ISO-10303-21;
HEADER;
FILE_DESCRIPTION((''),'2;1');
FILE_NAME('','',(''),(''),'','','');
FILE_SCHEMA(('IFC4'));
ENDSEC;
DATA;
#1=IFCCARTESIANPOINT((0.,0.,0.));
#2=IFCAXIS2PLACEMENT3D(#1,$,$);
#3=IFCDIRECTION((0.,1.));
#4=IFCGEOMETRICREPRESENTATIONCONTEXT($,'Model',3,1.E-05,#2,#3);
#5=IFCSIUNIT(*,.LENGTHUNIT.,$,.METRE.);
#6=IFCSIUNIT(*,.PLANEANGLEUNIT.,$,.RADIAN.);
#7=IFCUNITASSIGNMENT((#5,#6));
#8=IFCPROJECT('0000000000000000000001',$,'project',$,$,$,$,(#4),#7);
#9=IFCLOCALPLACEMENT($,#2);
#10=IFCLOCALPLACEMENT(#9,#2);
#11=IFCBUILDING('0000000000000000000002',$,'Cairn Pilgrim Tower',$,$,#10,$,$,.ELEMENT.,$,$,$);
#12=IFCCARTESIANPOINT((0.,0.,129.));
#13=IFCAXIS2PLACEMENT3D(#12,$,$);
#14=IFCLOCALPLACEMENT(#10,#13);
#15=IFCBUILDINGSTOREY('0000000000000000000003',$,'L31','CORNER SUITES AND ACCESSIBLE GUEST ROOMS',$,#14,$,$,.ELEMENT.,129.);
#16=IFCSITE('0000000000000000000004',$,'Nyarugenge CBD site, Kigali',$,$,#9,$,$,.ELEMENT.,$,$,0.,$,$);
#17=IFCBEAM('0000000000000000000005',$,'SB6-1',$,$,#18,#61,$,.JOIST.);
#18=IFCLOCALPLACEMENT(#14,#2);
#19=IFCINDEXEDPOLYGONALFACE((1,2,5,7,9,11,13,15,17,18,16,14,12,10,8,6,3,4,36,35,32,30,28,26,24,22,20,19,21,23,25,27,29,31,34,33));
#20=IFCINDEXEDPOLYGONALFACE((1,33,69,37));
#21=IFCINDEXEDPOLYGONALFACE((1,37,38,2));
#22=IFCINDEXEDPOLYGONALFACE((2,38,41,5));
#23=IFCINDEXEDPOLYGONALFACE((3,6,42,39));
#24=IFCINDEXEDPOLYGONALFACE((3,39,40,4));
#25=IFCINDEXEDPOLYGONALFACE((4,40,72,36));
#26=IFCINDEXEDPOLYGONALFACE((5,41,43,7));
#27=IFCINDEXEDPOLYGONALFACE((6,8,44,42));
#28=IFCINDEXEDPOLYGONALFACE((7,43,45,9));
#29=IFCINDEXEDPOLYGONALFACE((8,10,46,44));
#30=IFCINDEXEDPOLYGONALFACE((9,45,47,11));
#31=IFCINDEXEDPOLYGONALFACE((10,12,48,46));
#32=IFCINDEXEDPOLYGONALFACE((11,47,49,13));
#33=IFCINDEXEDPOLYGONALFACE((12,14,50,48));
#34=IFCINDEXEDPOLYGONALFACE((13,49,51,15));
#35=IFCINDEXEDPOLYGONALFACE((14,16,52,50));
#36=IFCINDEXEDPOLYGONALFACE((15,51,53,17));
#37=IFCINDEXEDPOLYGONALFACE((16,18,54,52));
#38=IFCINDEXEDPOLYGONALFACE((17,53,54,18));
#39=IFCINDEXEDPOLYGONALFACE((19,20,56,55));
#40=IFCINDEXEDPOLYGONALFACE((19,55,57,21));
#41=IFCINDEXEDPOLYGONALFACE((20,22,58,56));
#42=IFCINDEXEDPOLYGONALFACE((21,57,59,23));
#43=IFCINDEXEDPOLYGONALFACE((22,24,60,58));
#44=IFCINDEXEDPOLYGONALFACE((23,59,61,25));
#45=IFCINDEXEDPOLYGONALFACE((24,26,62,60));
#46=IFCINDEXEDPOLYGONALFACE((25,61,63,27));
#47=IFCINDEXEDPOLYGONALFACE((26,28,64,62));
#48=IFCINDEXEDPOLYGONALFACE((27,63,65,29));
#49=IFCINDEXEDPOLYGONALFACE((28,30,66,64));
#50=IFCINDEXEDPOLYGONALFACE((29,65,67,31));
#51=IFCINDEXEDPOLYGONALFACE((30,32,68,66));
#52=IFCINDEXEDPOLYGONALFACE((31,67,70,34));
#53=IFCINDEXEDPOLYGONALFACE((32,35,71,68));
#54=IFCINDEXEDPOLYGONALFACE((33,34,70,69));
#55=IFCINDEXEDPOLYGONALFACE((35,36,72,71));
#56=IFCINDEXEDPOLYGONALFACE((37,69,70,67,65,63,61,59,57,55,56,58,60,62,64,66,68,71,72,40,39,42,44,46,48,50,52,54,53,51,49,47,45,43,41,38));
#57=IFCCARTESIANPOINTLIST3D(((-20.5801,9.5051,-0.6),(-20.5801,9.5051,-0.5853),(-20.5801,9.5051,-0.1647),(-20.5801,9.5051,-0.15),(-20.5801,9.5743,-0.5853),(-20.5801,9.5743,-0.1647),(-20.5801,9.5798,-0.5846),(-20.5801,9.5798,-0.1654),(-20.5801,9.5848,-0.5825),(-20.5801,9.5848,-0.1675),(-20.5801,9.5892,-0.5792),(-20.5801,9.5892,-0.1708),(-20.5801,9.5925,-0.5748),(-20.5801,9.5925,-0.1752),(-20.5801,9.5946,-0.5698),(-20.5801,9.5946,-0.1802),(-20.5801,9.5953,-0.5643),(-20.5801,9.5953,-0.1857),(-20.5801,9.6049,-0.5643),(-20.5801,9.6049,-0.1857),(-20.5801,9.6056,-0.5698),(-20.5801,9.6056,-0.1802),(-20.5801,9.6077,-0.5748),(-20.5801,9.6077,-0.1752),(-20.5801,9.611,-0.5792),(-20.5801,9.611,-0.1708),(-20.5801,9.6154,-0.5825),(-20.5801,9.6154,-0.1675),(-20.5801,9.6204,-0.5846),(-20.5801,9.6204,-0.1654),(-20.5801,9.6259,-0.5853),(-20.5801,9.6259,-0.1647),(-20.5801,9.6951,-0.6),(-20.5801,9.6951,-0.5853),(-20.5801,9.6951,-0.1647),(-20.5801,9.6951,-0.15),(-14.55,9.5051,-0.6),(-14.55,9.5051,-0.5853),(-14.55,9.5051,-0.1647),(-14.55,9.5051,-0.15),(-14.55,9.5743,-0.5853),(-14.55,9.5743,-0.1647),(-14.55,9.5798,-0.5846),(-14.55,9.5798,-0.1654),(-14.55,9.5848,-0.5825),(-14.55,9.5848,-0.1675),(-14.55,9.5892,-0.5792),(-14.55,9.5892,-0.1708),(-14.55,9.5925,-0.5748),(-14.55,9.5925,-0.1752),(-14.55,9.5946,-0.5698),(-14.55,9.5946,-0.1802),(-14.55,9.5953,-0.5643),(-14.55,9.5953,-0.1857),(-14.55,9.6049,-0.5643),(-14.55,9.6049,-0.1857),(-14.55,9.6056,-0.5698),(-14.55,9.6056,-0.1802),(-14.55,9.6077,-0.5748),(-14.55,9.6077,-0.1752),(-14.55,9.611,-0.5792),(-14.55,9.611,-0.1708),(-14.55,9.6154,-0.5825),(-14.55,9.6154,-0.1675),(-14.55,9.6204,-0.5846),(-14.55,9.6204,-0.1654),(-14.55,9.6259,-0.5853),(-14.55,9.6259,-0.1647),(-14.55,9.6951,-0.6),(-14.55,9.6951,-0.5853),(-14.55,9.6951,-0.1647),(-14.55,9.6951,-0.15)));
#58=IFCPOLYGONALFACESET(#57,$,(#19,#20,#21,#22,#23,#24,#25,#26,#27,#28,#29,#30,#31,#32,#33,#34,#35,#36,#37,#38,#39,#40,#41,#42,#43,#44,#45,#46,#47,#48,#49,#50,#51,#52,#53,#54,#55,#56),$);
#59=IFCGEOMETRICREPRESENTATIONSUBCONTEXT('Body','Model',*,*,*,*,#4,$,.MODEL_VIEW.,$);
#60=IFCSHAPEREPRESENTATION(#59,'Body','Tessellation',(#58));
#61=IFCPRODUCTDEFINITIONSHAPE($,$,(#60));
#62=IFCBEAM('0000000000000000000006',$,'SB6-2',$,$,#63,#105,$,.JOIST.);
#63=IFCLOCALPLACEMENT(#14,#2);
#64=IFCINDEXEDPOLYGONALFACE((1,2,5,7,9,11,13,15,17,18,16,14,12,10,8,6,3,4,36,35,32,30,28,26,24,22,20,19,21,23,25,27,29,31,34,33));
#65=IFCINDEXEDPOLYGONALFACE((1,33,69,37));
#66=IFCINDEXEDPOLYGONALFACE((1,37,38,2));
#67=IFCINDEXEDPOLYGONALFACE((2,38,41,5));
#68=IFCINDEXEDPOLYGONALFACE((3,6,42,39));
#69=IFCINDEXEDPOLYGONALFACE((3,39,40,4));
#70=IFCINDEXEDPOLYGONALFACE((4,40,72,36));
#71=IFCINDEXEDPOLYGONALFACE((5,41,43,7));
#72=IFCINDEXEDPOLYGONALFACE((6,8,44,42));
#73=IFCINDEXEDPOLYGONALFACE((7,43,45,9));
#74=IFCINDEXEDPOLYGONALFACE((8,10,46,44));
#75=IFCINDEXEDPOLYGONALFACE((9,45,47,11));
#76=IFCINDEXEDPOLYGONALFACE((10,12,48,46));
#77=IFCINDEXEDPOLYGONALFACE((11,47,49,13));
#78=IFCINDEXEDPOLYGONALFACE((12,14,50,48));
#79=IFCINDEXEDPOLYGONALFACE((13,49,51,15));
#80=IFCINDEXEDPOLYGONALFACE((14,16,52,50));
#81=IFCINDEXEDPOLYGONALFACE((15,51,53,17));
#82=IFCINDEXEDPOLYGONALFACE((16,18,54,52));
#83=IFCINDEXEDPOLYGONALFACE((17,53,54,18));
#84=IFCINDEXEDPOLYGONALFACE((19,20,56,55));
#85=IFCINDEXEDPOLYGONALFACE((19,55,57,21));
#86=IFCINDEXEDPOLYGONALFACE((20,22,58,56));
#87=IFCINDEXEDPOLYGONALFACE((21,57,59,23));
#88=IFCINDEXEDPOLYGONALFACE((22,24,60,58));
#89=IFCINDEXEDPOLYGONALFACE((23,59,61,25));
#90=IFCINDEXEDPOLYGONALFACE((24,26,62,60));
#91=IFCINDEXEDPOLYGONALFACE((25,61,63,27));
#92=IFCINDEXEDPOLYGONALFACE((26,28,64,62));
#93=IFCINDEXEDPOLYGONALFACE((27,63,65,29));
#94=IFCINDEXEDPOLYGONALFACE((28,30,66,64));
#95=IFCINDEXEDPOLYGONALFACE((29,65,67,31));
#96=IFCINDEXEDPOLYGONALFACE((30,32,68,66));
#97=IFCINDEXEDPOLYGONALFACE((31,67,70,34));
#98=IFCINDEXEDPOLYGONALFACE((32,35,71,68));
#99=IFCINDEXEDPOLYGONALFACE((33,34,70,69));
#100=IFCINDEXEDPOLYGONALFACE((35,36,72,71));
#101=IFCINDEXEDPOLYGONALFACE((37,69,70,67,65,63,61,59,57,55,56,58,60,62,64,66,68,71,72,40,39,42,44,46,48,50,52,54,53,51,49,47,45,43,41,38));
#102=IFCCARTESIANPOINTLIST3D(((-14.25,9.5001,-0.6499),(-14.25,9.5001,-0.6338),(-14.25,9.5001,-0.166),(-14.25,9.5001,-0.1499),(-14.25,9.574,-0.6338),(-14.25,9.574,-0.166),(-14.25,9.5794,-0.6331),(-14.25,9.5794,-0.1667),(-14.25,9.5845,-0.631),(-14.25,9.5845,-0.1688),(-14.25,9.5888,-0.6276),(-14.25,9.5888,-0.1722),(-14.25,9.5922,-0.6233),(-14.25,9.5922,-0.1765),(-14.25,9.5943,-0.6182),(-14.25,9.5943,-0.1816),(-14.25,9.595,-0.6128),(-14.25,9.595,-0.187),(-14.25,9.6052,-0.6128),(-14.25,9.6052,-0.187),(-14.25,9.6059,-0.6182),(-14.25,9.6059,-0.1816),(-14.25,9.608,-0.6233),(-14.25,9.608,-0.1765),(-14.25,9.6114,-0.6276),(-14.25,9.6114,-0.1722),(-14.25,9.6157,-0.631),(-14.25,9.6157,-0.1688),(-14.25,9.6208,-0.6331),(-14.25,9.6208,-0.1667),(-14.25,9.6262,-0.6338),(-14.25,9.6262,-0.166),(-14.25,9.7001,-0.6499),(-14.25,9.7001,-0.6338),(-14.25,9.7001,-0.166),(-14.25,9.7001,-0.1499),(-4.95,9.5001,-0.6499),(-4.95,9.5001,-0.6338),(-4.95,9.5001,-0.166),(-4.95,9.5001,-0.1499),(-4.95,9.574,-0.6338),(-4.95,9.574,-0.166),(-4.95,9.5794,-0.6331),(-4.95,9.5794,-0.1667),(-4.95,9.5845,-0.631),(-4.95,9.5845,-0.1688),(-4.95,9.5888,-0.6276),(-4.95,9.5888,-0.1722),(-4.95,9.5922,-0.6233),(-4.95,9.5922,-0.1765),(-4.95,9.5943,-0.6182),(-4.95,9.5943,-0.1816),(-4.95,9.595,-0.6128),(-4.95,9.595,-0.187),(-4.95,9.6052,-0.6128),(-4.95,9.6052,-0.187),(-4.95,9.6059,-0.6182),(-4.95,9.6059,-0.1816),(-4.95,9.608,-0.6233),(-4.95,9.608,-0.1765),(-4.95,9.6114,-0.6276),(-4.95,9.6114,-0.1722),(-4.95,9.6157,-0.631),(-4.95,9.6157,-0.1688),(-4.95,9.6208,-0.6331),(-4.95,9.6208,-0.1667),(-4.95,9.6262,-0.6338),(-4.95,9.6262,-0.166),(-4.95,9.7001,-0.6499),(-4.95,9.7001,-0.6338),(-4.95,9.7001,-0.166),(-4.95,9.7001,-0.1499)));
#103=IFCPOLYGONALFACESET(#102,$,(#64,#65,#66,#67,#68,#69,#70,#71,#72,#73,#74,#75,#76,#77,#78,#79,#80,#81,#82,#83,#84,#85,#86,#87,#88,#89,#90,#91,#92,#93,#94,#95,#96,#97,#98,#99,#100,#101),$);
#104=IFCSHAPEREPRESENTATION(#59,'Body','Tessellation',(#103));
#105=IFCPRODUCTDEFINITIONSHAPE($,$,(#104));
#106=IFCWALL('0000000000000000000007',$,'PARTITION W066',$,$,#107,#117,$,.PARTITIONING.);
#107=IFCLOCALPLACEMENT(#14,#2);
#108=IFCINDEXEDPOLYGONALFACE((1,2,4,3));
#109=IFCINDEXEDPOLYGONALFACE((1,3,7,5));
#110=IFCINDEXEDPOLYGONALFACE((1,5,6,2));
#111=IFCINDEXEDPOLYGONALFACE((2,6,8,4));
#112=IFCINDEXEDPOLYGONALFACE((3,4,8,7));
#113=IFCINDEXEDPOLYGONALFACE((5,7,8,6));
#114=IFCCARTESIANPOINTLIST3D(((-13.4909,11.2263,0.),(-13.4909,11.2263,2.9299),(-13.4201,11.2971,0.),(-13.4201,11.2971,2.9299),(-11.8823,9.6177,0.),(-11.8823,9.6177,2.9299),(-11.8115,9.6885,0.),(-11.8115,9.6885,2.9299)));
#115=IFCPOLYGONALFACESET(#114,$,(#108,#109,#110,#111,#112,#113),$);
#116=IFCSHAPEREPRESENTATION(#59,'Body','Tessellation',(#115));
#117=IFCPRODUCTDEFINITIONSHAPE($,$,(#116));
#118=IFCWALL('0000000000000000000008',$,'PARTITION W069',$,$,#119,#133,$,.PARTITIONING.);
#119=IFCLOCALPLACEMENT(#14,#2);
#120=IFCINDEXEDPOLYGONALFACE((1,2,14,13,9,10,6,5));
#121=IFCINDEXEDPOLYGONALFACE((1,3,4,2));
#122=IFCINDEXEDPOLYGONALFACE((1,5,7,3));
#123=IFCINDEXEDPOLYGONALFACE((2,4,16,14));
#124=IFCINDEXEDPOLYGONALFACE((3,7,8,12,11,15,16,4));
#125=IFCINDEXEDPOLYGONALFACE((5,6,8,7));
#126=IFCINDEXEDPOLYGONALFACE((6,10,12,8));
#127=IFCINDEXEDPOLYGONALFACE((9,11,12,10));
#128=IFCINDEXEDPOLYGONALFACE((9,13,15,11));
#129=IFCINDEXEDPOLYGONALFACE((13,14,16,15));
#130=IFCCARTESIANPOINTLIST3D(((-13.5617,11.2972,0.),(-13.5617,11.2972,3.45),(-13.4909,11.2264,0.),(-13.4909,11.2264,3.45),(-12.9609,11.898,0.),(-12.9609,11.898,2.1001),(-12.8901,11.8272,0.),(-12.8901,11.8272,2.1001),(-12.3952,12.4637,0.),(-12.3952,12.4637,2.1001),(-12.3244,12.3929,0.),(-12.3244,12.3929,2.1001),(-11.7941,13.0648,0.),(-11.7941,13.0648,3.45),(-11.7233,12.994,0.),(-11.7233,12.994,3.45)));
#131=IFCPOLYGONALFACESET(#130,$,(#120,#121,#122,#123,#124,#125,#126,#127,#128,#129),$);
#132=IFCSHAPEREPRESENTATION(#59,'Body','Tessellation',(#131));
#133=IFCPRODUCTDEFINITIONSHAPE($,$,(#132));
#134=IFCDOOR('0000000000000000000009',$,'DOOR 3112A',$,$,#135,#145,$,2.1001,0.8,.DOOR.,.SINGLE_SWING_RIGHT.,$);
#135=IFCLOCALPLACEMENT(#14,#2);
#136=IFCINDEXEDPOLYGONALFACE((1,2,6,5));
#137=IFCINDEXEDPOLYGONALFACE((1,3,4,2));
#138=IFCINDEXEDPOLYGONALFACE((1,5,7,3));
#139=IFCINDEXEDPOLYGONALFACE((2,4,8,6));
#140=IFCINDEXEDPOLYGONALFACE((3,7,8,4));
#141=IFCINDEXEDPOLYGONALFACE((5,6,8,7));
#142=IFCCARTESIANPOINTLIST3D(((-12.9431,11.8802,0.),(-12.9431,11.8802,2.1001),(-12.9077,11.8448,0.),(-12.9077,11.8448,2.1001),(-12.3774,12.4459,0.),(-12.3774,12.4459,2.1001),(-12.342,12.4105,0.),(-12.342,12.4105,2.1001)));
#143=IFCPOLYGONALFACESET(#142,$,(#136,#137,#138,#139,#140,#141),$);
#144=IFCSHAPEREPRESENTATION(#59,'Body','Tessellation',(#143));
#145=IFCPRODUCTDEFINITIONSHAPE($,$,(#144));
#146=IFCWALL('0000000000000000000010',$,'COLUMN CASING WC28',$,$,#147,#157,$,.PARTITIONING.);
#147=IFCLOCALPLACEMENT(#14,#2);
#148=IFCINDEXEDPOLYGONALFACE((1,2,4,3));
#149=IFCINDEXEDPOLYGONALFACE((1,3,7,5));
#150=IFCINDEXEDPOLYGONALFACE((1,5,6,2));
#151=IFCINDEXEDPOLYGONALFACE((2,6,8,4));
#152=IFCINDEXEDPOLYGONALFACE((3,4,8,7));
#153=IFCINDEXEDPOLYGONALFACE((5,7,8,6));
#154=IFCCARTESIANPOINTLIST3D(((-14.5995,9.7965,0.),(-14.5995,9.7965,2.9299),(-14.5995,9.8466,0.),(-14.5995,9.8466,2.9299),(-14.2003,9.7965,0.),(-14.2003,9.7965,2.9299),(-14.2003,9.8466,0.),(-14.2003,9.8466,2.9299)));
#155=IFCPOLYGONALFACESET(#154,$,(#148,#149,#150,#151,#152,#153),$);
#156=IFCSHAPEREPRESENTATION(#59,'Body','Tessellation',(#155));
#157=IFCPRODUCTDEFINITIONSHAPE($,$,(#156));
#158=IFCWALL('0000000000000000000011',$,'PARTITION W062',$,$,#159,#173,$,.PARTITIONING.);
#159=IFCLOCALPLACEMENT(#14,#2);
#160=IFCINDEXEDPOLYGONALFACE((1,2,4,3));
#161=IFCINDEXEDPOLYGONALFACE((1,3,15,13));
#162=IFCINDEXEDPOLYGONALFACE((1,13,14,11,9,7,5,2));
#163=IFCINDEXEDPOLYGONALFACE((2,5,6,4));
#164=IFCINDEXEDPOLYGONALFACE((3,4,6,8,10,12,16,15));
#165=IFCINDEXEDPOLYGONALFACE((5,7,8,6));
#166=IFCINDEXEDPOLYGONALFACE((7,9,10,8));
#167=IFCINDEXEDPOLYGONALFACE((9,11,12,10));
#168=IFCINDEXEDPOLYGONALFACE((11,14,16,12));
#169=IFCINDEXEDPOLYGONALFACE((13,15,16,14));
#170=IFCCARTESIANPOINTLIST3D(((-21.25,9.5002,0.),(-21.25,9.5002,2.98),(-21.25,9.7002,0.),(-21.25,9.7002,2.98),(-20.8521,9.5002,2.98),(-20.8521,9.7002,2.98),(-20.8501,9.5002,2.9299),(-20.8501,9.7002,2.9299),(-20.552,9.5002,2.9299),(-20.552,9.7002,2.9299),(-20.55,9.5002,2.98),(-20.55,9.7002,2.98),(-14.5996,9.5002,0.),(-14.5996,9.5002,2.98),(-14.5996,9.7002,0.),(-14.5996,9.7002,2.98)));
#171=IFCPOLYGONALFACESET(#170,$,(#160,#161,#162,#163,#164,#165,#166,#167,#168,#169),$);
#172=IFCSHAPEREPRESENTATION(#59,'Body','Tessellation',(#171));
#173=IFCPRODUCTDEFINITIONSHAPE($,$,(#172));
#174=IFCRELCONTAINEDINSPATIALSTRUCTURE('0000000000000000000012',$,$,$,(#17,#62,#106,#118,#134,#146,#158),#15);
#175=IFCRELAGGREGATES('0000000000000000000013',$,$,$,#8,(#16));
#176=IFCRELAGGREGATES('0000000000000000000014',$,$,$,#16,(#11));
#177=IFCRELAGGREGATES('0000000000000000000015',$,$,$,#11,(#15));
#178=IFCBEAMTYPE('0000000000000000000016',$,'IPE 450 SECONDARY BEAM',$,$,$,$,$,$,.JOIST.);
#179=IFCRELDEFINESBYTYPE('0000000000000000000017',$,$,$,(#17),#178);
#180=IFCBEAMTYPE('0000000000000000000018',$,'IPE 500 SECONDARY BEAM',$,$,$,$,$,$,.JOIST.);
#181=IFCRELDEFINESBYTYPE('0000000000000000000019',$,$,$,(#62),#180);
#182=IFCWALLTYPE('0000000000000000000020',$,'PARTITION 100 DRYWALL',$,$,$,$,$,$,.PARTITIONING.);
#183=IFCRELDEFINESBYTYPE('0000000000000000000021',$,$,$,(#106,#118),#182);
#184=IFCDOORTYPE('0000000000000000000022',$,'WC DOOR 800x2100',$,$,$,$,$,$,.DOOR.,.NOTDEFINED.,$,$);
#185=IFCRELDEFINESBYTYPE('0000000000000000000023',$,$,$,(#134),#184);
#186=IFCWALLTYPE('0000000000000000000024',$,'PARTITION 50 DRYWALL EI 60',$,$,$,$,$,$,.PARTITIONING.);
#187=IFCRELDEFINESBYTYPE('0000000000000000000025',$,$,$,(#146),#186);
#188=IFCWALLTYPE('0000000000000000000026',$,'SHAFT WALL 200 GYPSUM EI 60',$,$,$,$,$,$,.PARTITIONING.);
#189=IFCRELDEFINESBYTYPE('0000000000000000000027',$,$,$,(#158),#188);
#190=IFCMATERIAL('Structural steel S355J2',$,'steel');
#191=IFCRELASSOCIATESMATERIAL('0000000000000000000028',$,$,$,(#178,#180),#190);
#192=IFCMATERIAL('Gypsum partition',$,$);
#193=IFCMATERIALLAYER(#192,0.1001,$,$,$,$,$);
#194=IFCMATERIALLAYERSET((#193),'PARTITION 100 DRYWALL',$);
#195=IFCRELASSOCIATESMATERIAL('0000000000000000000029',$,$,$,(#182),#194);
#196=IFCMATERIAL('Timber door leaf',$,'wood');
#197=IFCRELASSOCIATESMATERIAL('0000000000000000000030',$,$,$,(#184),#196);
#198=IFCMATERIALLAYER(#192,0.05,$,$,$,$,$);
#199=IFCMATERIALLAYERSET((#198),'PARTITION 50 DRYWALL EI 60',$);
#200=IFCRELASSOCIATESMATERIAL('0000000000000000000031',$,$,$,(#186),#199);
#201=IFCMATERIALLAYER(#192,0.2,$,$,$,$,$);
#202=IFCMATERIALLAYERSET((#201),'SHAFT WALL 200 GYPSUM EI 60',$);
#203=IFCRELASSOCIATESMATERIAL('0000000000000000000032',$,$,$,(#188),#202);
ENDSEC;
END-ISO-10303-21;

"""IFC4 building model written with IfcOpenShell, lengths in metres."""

from ifc_helpers import new_model, si_unit, direction, frame, frame_2d, origin, origin_2d, place, context, subcontext, project, spatial, polyline, rectangle, i_section, outline, extrude, material, layer, layer_set, material_profile, profile_set, type_object, element, fill, save


model = new_model("IFC4")

# Units and contexts
model_context = context("Model", 3, precision=1e-05, world=origin(), true_north=direction((0.0, 1.0)))
body_context = subcontext(model_context, "Body", "Model", "MODEL_VIEW")
ifc_project = project(units=[si_unit("LENGTHUNIT", "METRE"), si_unit("PLANEANGLEUNIT", "RADIAN")], contexts=[model_context])

# Site, building, storey
site_placement = place(None, origin())
site = spatial("IfcSite", under=ifc_project, at=site_placement, Name="Nyarugenge CBD site, Kigali", CompositionType="ELEMENT", RefElevation=0.0)
building_placement = place(site_placement, origin())
building = spatial("IfcBuilding", under=site, at=building_placement, Name="Cairn Pilgrim Tower", CompositionType="ELEMENT")
storey_placement = place(building_placement, frame((0.0, 0.0, 129.0)))
storey = spatial("IfcBuildingStorey", under=building, at=storey_placement, Name="L31", Description="CORNER SUITES AND ACCESSIBLE GUEST ROOMS", CompositionType="ELEMENT", Elevation=129.0)

# Shared definitions
ifc_material_1 = material(Name="Structural steel S355J2", Category="steel")

# Beams
ifc_material_profile_1 = material_profile(ifc_material_1, i_section(OverallWidth=0.1899, OverallDepth=0.45, WebThickness=0.0095, FlangeThickness=0.0146, FilletRadius=0.021, at=origin_2d()), Name="IPE 450")
ifc_profile_set_1 = profile_set([ifc_material_profile_1], Name="Structural steel S355J2")
beam_type_1 = type_object("IfcBeamType", Name="IPE 450 SECONDARY BEAM", PredefinedType="JOIST", material=ifc_profile_set_1)
beam_1_placement = place(storey_placement, frame((-20.5801, 9.6001, -0.375), z_axis=(1.0, 0.0, 0.0), x_axis=(0.0, 1.0, 0.0)))
element("IfcBeam", 1, at=beam_1_placement, inside=storey, type_object=beam_type_1, Name="SB6-1", PredefinedType="JOIST", context=body_context, shape_type="SweptSolid", body=[
    extrude(i_section(OverallWidth=0.1899, OverallDepth=0.45, WebThickness=0.0095, FlangeThickness=0.0146, FilletRadius=0.021, at=origin_2d()), origin(), (0.0, 0.0, 1.0), 6.03),
])
ifc_material_profile_2 = material_profile(ifc_material_1, i_section(OverallWidth=0.2, OverallDepth=0.5, WebThickness=0.0103, FlangeThickness=0.0161, FilletRadius=0.021, at=origin_2d()), Name="IPE 500")
ifc_profile_set_2 = profile_set([ifc_material_profile_2], Name="Structural steel S355J2")
beam_type_2 = type_object("IfcBeamType", Name="IPE 500 SECONDARY BEAM", PredefinedType="JOIST", material=ifc_profile_set_2)
beam_2_placement = place(storey_placement, frame((-14.25, 9.6001, -0.3999), z_axis=(1.0, 0.0, 0.0), x_axis=(0.0, 1.0, 0.0)))
element("IfcBeam", 2, at=beam_2_placement, inside=storey, type_object=beam_type_2, Name="SB6-2", PredefinedType="JOIST", context=body_context, shape_type="SweptSolid", body=[
    extrude(i_section(OverallWidth=0.2, OverallDepth=0.5, WebThickness=0.0103, FlangeThickness=0.0161, FilletRadius=0.021, at=origin_2d()), origin(), (0.0, 0.0, 1.0), 9.3),
])

# Wall
ifc_material_2 = material(Name="Gypsum partition")
ifc_layer_1 = layer(ifc_material_2, 0.1001)
ifc_layer_set_1 = layer_set([ifc_layer_1], Name="PARTITION 100 DRYWALL")
wall_type_1 = type_object("IfcWallType", Name="PARTITION 100 DRYWALL", PredefinedType="PARTITIONING", material=ifc_layer_set_1)
wall_1_placement = place(storey_placement, frame((-11.8469, 9.6531, 0.0), z_axis=(0.0, 0.0, 1.0), x_axis=(-0.707107, 0.707107, 0.0)))
element("IfcWall", 3, at=wall_1_placement, inside=storey, type_object=wall_type_1, Name="PARTITION W066", PredefinedType="PARTITIONING", context=body_context, shape_type="SweptSolid", body=[
    extrude(rectangle(XDim=2.2749, YDim=0.1001, at=frame_2d((1.1375, 0.0))), origin(), (0.0, 0.0, 1.0), 2.9299),
])

# Wall, opening, door
wall_2_placement = place(storey_placement, frame((-13.5264, 11.2617, 0.0), z_axis=(0.0, 0.0, 1.0), x_axis=(0.707107, 0.707107, 0.0)))
wall_2 = element("IfcWall", 4, at=wall_2_placement, inside=storey, type_object=wall_type_1, Name="PARTITION W069", PredefinedType="PARTITIONING", context=body_context, shape_type="SweptSolid", body=[
    extrude(rectangle(XDim=2.4998, YDim=0.1001, at=frame_2d((1.25, 0.0))), origin(), (0.0, 0.0, 1.0), 3.45),
])
opening_1_placement = place(wall_2_placement, frame((0.8499, 0.0, 0.0)))
opening_1 = element("IfcOpeningElement", 5, at=opening_1_placement, cuts=wall_2, PredefinedType="OPENING", context=body_context, shape_type="SweptSolid", body=[
    extrude(rectangle(XDim=0.8, YDim=2.1001, at=frame_2d((0.3999, 1.05))), frame((0.0, 0.0601, 0.0), z_axis=(0.0, -1.0, 0.0), x_axis=(1.0, 0.0, 0.0)), (0.0, 0.0, 1.0), 0.1201),
])
ifc_material_3 = material(Name="Timber door leaf", Category="wood")
door_type_1 = type_object("IfcDoorType", Name="WC DOOR 800x2100", OperationType="NOTDEFINED", PredefinedType="DOOR", material=ifc_material_3)
door_1_placement = place(opening_1_placement, origin())
door_1 = element("IfcDoor", 6, at=door_1_placement, inside=storey, type_object=door_type_1, Name="DOOR 3112A", OperationType="SINGLE_SWING_RIGHT", OverallHeight=2.1001, OverallWidth=0.8, PredefinedType="DOOR", context=body_context, shape_type="SweptSolid", body=[
    extrude(rectangle(XDim=0.8, YDim=2.1001, at=frame_2d((0.3999, 1.05))), frame((0.0, 0.0249, 0.0), z_axis=(0.0, -1.0, 0.0), x_axis=(1.0, 0.0, 0.0)), (0.0, 0.0, 1.0), 0.05),
])
fill(opening_1, door_1)

# Walls
ifc_layer_2 = layer(ifc_material_2, 0.05)
ifc_layer_set_2 = layer_set([ifc_layer_2], Name="PARTITION 50 DRYWALL EI 60")
wall_type_2 = type_object("IfcWallType", Name="PARTITION 50 DRYWALL EI 60", PredefinedType="PARTITIONING", material=ifc_layer_set_2)
wall_3_placement = place(storey_placement, frame((-14.5996, 9.8215, 0.0), z_axis=(0.0, 0.0, 1.0), x_axis=(1.0, 0.0, 0.0)))
element("IfcWall", 7, at=wall_3_placement, inside=storey, type_object=wall_type_2, Name="COLUMN CASING WC28", PredefinedType="PARTITIONING", context=body_context, shape_type="SweptSolid", body=[
    extrude(rectangle(XDim=0.3992, YDim=0.05, at=frame_2d((0.1997, 0.0))), origin(), (0.0, 0.0, 1.0), 2.9299),
])
ifc_layer_3 = layer(ifc_material_2, 0.2)
ifc_layer_set_3 = layer_set([ifc_layer_3], Name="SHAFT WALL 200 GYPSUM EI 60")
wall_type_3 = type_object("IfcWallType", Name="SHAFT WALL 200 GYPSUM EI 60", PredefinedType="PARTITIONING", material=ifc_layer_set_3)
wall_4_placement = place(storey_placement, frame((-21.25, 9.6001, 0.0), z_axis=(0.0, 0.0, 1.0), x_axis=(1.0, 0.0, 0.0)))
element("IfcWall", 8, at=wall_4_placement, inside=storey, type_object=wall_type_3, Name="PARTITION W062", PredefinedType="PARTITIONING", context=body_context, shape_type="SweptSolid", body=[
    extrude(outline(polyline([(0.0, 0.0), (6.6504, 0.0), (6.6504, 2.98), (0.7, 2.98), (0.698, 2.9299), (0.3999, 2.9299), (0.3979, 2.98), (0.0, 2.98), (0.0, 0.0)])), frame((0.0, 0.1001, 0.0), z_axis=(0.0, -1.0, 0.0), x_axis=(1.0, 0.0, 0.0)), (0.0, 0.0, 1.0), 0.2),
])

save(model, "model.ifc")
